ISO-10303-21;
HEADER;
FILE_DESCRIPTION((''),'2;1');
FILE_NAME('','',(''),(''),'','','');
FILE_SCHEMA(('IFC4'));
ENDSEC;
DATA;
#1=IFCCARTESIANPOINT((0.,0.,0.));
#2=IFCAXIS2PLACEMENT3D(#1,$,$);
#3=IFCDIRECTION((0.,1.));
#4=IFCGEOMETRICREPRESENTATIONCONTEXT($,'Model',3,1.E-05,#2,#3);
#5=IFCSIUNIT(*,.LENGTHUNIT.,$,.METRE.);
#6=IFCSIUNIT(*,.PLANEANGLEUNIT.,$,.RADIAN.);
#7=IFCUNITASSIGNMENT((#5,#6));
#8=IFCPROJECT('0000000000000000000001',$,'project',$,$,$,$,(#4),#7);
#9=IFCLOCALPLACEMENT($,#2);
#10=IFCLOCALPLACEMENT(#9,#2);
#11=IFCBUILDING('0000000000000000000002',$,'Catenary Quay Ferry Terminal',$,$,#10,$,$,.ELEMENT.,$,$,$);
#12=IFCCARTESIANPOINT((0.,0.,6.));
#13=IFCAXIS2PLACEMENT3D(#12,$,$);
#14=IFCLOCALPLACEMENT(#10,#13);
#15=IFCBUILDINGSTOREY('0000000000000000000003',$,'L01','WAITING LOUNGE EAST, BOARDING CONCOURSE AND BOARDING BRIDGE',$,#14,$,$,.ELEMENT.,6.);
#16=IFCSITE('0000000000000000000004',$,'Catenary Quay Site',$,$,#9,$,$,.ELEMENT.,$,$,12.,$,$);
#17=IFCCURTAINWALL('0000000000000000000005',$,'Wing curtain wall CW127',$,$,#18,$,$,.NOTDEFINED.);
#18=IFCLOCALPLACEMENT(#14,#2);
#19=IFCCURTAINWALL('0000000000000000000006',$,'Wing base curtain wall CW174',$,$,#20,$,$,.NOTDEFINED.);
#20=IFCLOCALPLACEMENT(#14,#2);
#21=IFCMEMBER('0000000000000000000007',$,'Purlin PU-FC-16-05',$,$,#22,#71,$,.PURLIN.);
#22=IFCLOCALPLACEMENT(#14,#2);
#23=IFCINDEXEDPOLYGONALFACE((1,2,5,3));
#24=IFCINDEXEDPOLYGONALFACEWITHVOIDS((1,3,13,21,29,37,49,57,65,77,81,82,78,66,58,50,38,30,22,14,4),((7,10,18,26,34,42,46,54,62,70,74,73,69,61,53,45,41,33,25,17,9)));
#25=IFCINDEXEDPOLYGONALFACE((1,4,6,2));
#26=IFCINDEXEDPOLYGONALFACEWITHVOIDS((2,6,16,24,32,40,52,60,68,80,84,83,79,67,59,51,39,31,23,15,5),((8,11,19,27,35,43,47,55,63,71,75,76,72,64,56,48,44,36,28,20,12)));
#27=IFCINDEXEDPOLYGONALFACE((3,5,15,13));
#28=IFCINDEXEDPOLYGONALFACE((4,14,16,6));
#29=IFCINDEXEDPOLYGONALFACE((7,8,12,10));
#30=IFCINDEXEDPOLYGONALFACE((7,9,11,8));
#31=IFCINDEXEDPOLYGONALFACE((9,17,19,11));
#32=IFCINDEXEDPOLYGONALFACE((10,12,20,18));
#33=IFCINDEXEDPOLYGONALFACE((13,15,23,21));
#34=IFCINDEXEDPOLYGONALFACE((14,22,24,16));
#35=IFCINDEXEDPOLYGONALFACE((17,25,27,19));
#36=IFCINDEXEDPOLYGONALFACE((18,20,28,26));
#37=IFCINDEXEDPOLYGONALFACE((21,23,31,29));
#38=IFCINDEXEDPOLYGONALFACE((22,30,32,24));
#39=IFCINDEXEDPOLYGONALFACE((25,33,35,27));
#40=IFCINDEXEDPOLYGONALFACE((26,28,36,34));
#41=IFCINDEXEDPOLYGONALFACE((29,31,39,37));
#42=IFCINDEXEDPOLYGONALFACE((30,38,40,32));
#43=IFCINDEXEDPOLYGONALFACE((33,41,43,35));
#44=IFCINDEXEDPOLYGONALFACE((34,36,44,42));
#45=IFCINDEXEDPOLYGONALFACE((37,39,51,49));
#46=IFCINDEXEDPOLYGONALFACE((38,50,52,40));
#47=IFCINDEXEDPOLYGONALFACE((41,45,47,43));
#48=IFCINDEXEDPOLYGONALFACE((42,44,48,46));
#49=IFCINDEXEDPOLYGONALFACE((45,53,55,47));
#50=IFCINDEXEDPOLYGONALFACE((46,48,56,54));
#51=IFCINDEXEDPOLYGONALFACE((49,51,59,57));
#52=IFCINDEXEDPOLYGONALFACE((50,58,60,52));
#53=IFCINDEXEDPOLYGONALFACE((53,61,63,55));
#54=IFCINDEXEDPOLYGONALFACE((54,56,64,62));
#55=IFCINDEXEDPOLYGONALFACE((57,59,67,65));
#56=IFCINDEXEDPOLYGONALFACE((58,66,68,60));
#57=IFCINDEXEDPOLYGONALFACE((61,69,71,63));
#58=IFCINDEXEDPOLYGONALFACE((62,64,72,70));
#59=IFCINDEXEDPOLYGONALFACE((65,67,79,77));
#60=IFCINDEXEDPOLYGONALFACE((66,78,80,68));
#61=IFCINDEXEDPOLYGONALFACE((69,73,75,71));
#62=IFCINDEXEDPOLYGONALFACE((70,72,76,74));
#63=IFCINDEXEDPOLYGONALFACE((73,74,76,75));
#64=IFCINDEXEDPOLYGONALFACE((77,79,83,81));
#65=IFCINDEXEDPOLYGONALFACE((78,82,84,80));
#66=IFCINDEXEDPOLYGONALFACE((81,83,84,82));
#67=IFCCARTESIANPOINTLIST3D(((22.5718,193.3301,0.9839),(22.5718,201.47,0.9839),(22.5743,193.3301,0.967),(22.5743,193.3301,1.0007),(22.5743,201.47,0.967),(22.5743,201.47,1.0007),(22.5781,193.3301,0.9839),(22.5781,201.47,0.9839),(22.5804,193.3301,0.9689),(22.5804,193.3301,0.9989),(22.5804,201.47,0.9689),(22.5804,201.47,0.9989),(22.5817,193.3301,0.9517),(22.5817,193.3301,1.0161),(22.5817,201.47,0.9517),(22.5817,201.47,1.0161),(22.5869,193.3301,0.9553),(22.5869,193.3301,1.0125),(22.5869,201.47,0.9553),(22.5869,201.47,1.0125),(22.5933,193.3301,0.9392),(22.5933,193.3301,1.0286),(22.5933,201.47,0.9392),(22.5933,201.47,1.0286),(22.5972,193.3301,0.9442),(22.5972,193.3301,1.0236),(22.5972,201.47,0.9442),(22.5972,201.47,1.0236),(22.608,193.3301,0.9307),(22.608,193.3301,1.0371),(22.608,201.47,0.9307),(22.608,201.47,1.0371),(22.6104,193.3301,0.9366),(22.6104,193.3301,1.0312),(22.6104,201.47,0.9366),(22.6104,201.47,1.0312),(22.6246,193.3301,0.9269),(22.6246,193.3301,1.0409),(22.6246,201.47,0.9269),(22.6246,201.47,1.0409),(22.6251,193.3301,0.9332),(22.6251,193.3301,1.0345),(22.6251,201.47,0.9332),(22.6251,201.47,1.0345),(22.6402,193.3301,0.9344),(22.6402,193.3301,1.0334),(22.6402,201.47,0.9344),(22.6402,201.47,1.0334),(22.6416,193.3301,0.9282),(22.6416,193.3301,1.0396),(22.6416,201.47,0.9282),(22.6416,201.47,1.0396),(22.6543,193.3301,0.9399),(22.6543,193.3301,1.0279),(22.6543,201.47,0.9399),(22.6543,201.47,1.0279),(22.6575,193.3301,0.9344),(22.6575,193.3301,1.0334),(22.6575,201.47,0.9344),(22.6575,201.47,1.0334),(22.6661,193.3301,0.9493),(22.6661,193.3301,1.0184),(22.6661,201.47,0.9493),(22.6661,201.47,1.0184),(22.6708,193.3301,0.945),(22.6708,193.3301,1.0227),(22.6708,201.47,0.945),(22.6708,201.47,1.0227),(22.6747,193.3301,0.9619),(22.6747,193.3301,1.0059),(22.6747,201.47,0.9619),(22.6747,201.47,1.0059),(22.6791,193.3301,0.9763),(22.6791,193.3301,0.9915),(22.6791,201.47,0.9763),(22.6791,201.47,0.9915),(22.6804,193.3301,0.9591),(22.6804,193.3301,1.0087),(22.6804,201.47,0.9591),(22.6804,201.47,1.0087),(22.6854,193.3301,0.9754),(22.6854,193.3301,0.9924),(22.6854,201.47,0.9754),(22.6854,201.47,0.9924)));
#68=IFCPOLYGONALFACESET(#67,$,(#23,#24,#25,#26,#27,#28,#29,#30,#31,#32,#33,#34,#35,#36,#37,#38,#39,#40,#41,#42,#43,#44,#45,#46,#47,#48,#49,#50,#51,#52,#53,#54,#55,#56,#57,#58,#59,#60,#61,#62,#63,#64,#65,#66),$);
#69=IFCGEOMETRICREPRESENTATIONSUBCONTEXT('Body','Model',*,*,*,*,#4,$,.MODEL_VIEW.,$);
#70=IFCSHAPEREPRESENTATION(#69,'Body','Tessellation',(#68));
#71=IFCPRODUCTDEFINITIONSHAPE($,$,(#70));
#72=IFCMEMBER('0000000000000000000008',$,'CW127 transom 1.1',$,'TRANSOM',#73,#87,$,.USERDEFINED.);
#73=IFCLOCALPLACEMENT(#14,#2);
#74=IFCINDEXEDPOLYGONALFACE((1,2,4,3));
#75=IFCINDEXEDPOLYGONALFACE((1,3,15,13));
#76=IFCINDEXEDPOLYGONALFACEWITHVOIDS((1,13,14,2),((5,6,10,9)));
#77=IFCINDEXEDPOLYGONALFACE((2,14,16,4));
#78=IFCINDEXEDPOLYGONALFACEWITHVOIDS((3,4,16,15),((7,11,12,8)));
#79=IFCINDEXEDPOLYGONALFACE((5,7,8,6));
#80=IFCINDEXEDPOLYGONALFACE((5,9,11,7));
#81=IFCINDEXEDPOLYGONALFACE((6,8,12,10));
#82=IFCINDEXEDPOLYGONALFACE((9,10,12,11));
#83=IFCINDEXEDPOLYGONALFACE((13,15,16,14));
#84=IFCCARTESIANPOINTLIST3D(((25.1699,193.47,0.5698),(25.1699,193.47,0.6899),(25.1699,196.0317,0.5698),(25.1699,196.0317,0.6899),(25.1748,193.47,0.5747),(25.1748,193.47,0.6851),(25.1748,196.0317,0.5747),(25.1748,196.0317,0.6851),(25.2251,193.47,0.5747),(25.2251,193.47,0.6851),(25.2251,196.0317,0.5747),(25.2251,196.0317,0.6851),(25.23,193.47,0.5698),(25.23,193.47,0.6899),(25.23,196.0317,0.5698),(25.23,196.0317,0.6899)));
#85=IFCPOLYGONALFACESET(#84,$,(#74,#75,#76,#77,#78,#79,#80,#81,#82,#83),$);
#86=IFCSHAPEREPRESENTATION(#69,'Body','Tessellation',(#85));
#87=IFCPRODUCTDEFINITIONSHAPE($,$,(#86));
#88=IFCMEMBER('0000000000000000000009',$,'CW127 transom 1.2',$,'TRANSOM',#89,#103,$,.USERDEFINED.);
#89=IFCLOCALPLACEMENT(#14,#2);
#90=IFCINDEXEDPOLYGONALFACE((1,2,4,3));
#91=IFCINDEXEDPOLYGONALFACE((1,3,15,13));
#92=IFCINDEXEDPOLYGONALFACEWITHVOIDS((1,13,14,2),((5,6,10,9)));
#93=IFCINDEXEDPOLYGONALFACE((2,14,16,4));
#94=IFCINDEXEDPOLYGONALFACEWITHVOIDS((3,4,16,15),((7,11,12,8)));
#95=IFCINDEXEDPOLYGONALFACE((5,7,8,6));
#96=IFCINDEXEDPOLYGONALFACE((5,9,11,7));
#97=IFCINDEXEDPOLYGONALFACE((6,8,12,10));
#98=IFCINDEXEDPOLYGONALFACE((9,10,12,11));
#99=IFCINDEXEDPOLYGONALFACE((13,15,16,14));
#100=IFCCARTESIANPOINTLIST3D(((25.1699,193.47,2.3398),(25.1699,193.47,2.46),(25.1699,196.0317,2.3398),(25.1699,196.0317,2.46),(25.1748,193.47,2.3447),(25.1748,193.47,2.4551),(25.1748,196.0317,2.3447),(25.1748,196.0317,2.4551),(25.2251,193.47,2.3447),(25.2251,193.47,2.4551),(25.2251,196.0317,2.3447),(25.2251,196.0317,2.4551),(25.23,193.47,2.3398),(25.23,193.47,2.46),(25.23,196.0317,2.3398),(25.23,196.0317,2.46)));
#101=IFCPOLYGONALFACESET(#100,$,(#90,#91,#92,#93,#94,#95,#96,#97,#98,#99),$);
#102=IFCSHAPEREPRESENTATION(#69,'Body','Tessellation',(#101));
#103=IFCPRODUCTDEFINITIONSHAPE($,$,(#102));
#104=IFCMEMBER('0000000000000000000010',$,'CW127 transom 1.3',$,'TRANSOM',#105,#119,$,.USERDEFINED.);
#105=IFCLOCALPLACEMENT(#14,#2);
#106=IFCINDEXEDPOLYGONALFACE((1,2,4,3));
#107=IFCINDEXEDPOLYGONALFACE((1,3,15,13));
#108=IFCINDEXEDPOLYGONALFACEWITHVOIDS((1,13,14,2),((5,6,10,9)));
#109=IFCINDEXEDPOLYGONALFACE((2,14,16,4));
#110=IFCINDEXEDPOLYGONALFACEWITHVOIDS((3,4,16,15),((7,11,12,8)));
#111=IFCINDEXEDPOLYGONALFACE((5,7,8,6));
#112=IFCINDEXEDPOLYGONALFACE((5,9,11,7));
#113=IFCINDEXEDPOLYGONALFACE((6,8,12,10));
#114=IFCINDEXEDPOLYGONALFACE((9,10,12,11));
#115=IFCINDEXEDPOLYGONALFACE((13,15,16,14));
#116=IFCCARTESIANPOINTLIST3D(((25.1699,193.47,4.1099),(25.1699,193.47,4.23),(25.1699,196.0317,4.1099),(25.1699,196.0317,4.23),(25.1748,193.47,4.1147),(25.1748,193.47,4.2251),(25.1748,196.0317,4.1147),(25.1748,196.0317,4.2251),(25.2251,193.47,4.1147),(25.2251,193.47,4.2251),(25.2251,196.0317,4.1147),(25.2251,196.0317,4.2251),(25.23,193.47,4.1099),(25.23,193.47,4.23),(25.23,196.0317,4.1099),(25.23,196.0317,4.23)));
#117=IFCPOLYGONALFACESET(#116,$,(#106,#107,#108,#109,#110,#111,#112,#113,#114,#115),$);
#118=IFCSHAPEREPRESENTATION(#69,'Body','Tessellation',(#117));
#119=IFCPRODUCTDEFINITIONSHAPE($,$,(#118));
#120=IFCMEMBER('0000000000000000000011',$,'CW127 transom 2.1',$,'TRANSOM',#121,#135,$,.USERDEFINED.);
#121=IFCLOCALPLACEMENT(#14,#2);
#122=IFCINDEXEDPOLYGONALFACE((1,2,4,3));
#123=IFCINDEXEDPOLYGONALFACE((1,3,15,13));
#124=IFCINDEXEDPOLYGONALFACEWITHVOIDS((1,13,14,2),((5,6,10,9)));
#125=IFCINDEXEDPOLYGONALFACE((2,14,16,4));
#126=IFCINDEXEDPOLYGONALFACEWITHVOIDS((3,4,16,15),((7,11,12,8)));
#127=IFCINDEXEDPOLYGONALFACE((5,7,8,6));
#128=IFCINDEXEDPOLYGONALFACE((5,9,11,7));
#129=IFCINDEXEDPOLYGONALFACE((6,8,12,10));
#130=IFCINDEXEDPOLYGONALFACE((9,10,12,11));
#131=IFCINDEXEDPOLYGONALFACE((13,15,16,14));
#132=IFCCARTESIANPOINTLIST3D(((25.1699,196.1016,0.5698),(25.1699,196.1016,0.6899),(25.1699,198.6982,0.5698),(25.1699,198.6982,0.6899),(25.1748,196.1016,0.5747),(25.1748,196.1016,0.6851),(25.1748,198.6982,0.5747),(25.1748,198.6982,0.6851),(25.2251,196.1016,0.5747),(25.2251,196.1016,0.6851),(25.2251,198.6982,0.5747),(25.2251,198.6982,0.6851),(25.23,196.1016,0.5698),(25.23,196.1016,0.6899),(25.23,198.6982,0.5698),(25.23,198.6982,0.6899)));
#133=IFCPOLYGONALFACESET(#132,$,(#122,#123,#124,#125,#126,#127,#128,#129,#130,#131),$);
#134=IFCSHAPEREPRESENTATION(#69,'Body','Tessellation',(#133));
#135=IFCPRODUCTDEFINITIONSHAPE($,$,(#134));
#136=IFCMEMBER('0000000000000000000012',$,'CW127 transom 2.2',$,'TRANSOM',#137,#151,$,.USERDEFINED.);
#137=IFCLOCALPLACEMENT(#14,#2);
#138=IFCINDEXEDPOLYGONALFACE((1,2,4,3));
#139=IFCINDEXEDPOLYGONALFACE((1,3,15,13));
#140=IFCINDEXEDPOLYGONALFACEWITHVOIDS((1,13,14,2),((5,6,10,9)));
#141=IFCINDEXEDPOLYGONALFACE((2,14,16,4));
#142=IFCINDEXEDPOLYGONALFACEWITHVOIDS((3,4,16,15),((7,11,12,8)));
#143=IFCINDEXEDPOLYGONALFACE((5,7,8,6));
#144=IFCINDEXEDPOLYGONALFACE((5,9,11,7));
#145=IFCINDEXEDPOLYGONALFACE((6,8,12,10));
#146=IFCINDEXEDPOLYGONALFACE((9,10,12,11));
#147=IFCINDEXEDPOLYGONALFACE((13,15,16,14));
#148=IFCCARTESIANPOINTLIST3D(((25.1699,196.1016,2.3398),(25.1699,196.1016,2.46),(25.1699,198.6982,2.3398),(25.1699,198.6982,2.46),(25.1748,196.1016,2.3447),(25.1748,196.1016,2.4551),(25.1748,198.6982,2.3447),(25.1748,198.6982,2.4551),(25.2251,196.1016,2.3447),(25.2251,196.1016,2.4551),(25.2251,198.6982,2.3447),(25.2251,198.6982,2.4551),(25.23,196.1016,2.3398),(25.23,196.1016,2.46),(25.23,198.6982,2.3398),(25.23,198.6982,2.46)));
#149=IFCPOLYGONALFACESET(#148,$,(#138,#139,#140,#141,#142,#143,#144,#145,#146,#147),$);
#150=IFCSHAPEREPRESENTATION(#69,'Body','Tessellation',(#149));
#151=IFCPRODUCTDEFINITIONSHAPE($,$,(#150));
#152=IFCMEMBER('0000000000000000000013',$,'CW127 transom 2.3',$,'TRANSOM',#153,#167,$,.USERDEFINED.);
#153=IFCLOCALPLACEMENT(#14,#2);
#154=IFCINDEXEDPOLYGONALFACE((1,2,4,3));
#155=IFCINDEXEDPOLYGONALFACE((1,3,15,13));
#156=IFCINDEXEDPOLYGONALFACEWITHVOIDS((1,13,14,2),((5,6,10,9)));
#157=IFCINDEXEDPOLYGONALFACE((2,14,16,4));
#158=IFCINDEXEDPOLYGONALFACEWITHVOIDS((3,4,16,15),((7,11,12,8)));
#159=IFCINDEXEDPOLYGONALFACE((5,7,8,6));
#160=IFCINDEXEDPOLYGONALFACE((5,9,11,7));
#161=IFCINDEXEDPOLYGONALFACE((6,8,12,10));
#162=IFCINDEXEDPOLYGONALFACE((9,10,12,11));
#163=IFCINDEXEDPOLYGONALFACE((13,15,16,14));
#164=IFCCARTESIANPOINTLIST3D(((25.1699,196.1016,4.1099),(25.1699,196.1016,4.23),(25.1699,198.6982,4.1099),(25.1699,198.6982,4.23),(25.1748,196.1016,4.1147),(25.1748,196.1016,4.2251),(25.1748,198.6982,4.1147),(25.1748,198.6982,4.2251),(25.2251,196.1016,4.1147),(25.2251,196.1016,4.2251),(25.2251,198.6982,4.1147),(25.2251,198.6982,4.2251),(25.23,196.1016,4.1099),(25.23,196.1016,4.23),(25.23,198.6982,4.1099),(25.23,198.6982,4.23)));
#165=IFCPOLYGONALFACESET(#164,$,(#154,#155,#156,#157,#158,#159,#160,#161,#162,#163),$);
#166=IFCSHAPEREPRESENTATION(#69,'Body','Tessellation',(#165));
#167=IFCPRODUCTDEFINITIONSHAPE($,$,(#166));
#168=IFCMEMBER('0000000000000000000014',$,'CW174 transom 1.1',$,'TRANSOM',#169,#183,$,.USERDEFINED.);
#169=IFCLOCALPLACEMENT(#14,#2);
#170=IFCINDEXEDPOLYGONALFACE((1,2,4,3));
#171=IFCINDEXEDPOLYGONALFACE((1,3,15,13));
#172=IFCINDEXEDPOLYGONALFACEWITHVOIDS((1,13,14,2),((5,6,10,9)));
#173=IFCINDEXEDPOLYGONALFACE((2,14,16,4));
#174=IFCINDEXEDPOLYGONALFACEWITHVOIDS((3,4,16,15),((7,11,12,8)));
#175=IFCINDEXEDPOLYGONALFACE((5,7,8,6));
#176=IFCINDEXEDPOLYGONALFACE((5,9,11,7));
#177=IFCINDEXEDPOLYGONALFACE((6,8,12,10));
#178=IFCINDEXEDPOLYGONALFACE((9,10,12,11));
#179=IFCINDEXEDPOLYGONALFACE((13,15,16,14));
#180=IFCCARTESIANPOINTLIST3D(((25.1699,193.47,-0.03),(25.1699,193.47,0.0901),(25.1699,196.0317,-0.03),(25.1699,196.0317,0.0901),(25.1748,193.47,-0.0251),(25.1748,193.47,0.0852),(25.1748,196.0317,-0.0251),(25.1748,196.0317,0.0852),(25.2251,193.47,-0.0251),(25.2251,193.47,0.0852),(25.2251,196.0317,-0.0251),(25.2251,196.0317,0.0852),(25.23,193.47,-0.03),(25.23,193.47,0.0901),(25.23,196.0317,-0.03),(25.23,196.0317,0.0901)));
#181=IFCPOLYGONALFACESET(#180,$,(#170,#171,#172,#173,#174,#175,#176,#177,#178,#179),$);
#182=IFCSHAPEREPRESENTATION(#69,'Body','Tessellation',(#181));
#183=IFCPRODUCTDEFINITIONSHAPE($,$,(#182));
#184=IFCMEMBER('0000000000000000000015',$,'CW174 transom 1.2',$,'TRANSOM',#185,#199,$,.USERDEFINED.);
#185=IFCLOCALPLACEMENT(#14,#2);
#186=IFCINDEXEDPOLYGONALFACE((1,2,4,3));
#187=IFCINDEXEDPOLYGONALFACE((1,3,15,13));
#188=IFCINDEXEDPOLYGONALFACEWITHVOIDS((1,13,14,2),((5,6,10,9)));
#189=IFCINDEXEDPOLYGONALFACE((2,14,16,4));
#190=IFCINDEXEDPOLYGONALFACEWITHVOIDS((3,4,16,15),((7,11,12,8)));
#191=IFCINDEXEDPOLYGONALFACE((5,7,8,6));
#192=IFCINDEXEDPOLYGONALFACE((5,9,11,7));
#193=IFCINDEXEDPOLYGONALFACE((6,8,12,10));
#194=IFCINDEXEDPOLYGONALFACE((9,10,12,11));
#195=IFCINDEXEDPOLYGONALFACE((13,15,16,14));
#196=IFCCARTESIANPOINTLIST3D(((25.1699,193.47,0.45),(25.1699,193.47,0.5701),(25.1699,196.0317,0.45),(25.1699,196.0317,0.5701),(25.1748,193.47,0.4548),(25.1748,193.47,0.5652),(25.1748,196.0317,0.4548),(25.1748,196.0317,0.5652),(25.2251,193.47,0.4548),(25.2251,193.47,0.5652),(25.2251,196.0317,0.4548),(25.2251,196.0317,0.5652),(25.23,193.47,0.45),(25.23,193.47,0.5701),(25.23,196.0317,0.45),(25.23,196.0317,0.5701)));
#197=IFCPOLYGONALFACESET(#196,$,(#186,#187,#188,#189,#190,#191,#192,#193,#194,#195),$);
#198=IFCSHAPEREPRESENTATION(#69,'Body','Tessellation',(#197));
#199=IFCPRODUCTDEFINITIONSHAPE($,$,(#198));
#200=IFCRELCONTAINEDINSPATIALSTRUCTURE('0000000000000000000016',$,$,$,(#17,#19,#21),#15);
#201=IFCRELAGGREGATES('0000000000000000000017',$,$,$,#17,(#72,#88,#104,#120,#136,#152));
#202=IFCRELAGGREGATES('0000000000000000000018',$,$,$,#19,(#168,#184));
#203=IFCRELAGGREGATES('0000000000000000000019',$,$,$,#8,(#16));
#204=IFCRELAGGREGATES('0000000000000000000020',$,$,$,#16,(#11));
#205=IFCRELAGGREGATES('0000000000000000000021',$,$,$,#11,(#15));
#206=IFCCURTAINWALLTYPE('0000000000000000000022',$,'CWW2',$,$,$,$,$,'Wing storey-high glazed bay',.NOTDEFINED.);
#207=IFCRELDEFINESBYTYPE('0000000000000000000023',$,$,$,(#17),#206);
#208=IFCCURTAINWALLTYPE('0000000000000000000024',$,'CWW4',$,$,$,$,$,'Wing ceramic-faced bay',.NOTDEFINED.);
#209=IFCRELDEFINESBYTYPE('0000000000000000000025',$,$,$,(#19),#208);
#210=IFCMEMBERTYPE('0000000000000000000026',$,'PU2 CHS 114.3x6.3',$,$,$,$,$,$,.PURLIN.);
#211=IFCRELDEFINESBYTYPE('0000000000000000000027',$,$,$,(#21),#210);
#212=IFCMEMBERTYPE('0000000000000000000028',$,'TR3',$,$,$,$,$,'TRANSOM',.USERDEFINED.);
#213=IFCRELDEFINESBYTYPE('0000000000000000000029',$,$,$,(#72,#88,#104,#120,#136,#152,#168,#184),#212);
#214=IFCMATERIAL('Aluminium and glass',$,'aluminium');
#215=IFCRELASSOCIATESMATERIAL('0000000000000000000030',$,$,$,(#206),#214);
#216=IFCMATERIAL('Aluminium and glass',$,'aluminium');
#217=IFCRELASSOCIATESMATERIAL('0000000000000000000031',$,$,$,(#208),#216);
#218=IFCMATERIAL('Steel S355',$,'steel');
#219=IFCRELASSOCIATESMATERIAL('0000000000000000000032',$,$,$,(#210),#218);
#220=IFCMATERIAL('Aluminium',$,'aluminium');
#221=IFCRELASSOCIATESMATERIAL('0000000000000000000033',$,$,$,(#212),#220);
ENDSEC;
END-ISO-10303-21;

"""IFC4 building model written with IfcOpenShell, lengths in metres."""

from ifc_helpers import new_model, si_unit, direction, frame, origin, origin_2d, place, context, subcontext, project, spatial, hollow_rectangle, hollow_circle, extrude, material, material_profile, profile_set, type_object, element, aggregate, save


model = new_model("IFC4")

# Units and contexts
model_context = context("Model", 3, precision=1e-05, world=origin(), true_north=direction((0.0, 1.0)))
body_context = subcontext(model_context, "Body", "Model", "MODEL_VIEW")
ifc_project = project(units=[si_unit("LENGTHUNIT", "METRE"), si_unit("PLANEANGLEUNIT", "RADIAN")], contexts=[model_context])

# Site, building, storey
site_placement = place(None, origin())
site = spatial("IfcSite", under=ifc_project, at=site_placement, Name="Catenary Quay Site", CompositionType="ELEMENT", RefElevation=12.0)
building_placement = place(site_placement, origin())
building = spatial("IfcBuilding", under=site, at=building_placement, Name="Catenary Quay Ferry Terminal", CompositionType="ELEMENT")
storey_placement = place(building_placement, frame((0.0, 0.0, 6.0)))
storey = spatial("IfcBuildingStorey", under=building, at=storey_placement, Name="L01", Description="WAITING LOUNGE EAST, BOARDING CONCOURSE AND BOARDING BRIDGE", CompositionType="ELEMENT", Elevation=6.0)

# Curtain walls
ifc_material_1 = material(Name="Aluminium and glass", Category="aluminium")
curtain_wall_type_1 = type_object("IfcCurtainWallType", Name="CWW2", ElementType="Wing storey-high glazed bay", PredefinedType="NOTDEFINED", material=ifc_material_1)
curtain_wall_1_placement = place(storey_placement, origin())
curtain_wall_1 = element("IfcCurtainWall", 1, at=curtain_wall_1_placement, inside=storey, type_object=curtain_wall_type_1, Name="Wing curtain wall CW127", PredefinedType="NOTDEFINED")
ifc_material_2 = material(Name="Aluminium and glass", Category="aluminium")
curtain_wall_type_2 = type_object("IfcCurtainWallType", Name="CWW4", ElementType="Wing ceramic-faced bay", PredefinedType="NOTDEFINED", material=ifc_material_2)
curtain_wall_2_placement = place(storey_placement, origin())
curtain_wall_2 = element("IfcCurtainWall", 2, at=curtain_wall_2_placement, inside=storey, type_object=curtain_wall_type_2, Name="Wing base curtain wall CW174", PredefinedType="NOTDEFINED")

# Members
ifc_material_3 = material(Name="Steel S355", Category="steel")
ifc_material_profile_1 = material_profile(ifc_material_3, hollow_circle(Radius=0.0571, WallThickness=0.0063, at=origin_2d()), Name="CHS 114.3x6.3")
ifc_profile_set_1 = profile_set([ifc_material_profile_1], Name="Steel S355")
member_type_1 = type_object("IfcMemberType", Name="PU2 CHS 114.3x6.3", PredefinedType="PURLIN", material=ifc_profile_set_1)
member_1_placement = place(storey_placement, frame((22.6289, 193.3301, 0.9839), z_axis=(0.0, 1.0, 0.0), x_axis=(-1.0, 0.0, 0.0)))
element("IfcMember", 3, at=member_1_placement, inside=storey, type_object=member_type_1, Name="Purlin PU-FC-16-05", PredefinedType="PURLIN", context=body_context, shape_type="SweptSolid", body=[
    extrude(hollow_circle(Radius=0.0571, WallThickness=0.0063, at=origin_2d()), origin(), (0.0, 0.0, 1.0), 8.1399),
])
ifc_material_4 = material(Name="Aluminium", Category="aluminium")
ifc_material_profile_2 = material_profile(ifc_material_4, hollow_rectangle(XDim=0.0601, YDim=0.1201, WallThickness=0.0049, at=origin_2d()), Name="TR3")
ifc_profile_set_2 = profile_set([ifc_material_profile_2], Name="Aluminium")
member_type_2 = type_object("IfcMemberType", Name="TR3", ElementType="TRANSOM", PredefinedType="USERDEFINED", material=ifc_profile_set_2)
member_2_placement = place(storey_placement, frame((25.2, 193.47, 0.6299), z_axis=(0.0, 1.0, 0.0), x_axis=(-1.0, 0.0, 0.0)))
member_2 = element("IfcMember", 4, at=member_2_placement, type_object=member_type_2, Name="CW127 transom 1.1", ObjectType="TRANSOM", PredefinedType="USERDEFINED", context=body_context, shape_type="SweptSolid", body=[
    extrude(hollow_rectangle(XDim=0.0601, YDim=0.1201, WallThickness=0.0049, at=origin_2d()), origin(), (0.0, 0.0, 1.0), 2.5618),
])
member_3_placement = place(storey_placement, frame((25.2, 193.47, 2.3999), z_axis=(0.0, 1.0, 0.0), x_axis=(-1.0, 0.0, 0.0)))
member_3 = element("IfcMember", 5, at=member_3_placement, type_object=member_type_2, Name="CW127 transom 1.2", ObjectType="TRANSOM", PredefinedType="USERDEFINED", context=body_context, shape_type="SweptSolid", body=[
    extrude(hollow_rectangle(XDim=0.0601, YDim=0.1201, WallThickness=0.0049, at=origin_2d()), origin(), (0.0, 0.0, 1.0), 2.5618),
])
member_4_placement = place(storey_placement, frame((25.2, 193.47, 4.1699), z_axis=(0.0, 1.0, 0.0), x_axis=(-1.0, 0.0, 0.0)))
member_4 = element("IfcMember", 6, at=member_4_placement, type_object=member_type_2, Name="CW127 transom 1.3", ObjectType="TRANSOM", PredefinedType="USERDEFINED", context=body_context, shape_type="SweptSolid", body=[
    extrude(hollow_rectangle(XDim=0.0601, YDim=0.1201, WallThickness=0.0049, at=origin_2d()), origin(), (0.0, 0.0, 1.0), 2.5618),
])
member_5_placement = place(storey_placement, frame((25.2, 196.1016, 0.6299), z_axis=(0.0, 1.0, 0.0), x_axis=(-1.0, 0.0, 0.0)))
member_5 = element("IfcMember", 7, at=member_5_placement, type_object=member_type_2, Name="CW127 transom 2.1", ObjectType="TRANSOM", PredefinedType="USERDEFINED", context=body_context, shape_type="SweptSolid", body=[
    extrude(hollow_rectangle(XDim=0.0601, YDim=0.1201, WallThickness=0.0049, at=origin_2d()), origin(), (0.0, 0.0, 1.0), 2.5967),
])
member_6_placement = place(storey_placement, frame((25.2, 196.1016, 2.3999), z_axis=(0.0, 1.0, 0.0), x_axis=(-1.0, 0.0, 0.0)))
member_6 = element("IfcMember", 8, at=member_6_placement, type_object=member_type_2, Name="CW127 transom 2.2", ObjectType="TRANSOM", PredefinedType="USERDEFINED", context=body_context, shape_type="SweptSolid", body=[
    extrude(hollow_rectangle(XDim=0.0601, YDim=0.1201, WallThickness=0.0049, at=origin_2d()), origin(), (0.0, 0.0, 1.0), 2.5967),
])
member_7_placement = place(storey_placement, frame((25.2, 196.1016, 4.1699), z_axis=(0.0, 1.0, 0.0), x_axis=(-1.0, 0.0, 0.0)))
member_7 = element("IfcMember", 9, at=member_7_placement, type_object=member_type_2, Name="CW127 transom 2.3", ObjectType="TRANSOM", PredefinedType="USERDEFINED", context=body_context, shape_type="SweptSolid", body=[
    extrude(hollow_rectangle(XDim=0.0601, YDim=0.1201, WallThickness=0.0049, at=origin_2d()), origin(), (0.0, 0.0, 1.0), 2.5967),
])
member_8_placement = place(storey_placement, frame((25.2, 193.47, 0.03), z_axis=(0.0, 1.0, 0.0), x_axis=(-1.0, 0.0, 0.0)))
member_8 = element("IfcMember", 10, at=member_8_placement, type_object=member_type_2, Name="CW174 transom 1.1", ObjectType="TRANSOM", PredefinedType="USERDEFINED", context=body_context, shape_type="SweptSolid", body=[
    extrude(hollow_rectangle(XDim=0.0601, YDim=0.1201, WallThickness=0.0049, at=origin_2d()), origin(), (0.0, 0.0, 1.0), 2.5618),
])
member_9_placement = place(storey_placement, frame((25.2, 193.47, 0.51), z_axis=(0.0, 1.0, 0.0), x_axis=(-1.0, 0.0, 0.0)))
member_9 = element("IfcMember", 11, at=member_9_placement, type_object=member_type_2, Name="CW174 transom 1.2", ObjectType="TRANSOM", PredefinedType="USERDEFINED", context=body_context, shape_type="SweptSolid", body=[
    extrude(hollow_rectangle(XDim=0.0601, YDim=0.1201, WallThickness=0.0049, at=origin_2d()), origin(), (0.0, 0.0, 1.0), 2.5618),
])

aggregate(curtain_wall_1, [member_2, member_3, member_4, member_5, member_6, member_7])
aggregate(curtain_wall_2, [member_8, member_9])

save(model, "model.ifc")
